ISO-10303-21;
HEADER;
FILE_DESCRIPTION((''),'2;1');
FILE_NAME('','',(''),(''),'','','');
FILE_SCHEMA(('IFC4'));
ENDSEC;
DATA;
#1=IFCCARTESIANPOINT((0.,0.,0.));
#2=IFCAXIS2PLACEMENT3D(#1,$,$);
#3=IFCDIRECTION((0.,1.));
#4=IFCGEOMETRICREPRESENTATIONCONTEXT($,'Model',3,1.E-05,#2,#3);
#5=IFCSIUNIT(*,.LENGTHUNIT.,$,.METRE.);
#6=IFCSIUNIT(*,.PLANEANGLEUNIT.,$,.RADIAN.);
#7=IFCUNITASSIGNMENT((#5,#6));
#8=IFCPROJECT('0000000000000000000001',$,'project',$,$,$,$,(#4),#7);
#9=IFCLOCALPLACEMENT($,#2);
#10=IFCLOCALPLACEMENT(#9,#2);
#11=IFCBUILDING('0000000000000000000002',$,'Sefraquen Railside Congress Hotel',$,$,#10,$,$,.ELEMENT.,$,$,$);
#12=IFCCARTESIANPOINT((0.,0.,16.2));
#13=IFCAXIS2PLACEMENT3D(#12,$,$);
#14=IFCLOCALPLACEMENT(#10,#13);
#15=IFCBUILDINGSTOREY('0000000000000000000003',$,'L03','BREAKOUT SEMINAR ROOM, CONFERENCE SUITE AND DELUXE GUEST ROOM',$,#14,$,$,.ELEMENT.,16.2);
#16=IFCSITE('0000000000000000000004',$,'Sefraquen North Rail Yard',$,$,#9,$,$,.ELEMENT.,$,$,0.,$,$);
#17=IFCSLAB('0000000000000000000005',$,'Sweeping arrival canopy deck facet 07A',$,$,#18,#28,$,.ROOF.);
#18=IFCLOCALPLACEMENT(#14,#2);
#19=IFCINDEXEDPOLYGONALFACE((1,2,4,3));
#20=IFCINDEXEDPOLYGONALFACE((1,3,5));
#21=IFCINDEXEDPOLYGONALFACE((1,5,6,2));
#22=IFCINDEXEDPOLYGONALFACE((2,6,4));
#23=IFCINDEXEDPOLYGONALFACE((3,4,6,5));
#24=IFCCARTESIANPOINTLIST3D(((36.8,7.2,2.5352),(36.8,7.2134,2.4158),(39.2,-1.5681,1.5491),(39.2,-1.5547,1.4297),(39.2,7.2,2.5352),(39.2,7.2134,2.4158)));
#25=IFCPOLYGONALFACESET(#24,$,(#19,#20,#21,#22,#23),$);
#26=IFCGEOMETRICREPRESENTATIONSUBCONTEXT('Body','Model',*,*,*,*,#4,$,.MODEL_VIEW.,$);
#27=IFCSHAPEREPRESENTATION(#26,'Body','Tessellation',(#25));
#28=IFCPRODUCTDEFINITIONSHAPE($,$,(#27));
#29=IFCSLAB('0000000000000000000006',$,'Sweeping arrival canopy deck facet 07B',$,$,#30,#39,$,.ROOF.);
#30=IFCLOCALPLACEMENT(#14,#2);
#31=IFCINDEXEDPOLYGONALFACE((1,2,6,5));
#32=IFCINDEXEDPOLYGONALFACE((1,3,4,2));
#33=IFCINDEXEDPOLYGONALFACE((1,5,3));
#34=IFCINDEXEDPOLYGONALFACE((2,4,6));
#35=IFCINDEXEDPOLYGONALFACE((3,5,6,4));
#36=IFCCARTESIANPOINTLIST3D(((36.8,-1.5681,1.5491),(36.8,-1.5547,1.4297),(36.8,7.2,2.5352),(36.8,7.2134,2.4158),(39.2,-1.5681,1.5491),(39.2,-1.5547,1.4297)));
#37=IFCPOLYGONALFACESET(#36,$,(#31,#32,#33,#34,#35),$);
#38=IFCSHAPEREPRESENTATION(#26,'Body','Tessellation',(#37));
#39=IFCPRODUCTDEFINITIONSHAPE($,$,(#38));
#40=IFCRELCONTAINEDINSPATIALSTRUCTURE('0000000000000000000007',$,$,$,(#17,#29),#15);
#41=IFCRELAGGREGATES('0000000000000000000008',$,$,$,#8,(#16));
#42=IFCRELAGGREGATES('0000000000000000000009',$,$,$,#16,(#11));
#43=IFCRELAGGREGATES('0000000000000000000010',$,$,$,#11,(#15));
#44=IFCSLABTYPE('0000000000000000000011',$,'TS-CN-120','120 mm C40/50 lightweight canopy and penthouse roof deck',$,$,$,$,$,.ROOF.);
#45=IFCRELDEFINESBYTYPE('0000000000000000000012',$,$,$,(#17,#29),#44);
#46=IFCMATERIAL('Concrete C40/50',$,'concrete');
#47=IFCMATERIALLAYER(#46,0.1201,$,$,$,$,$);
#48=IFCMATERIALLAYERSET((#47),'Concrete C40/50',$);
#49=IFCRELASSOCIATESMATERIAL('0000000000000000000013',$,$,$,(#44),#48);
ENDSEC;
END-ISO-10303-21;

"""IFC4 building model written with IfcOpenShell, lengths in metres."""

from ifc_helpers import new_model, si_unit, direction, frame, origin, place, context, subcontext, project, spatial, polyline, outline, extrude, material, layer, layer_set, type_object, element, save


model = new_model("IFC4")

# Units and contexts
model_context = context("Model", 3, precision=1e-05, world=origin(), true_north=direction((0.0, 1.0)))
body_context = subcontext(model_context, "Body", "Model", "MODEL_VIEW")
ifc_project = project(units=[si_unit("LENGTHUNIT", "METRE"), si_unit("PLANEANGLEUNIT", "RADIAN")], contexts=[model_context])

# Site, building, storey
site_placement = place(None, origin())
site = spatial("IfcSite", under=ifc_project, at=site_placement, Name="Sefraquen North Rail Yard", CompositionType="ELEMENT", RefElevation=0.0)
building_placement = place(site_placement, origin())
building = spatial("IfcBuilding", under=site, at=building_placement, Name="Sefraquen Railside Congress Hotel", CompositionType="ELEMENT")
storey_placement = place(building_placement, frame((0.0, 0.0, 16.2)))
storey = spatial("IfcBuildingStorey", under=building, at=storey_placement, Name="L03", Description="BREAKOUT SEMINAR ROOM, CONFERENCE SUITE AND DELUXE GUEST ROOM", CompositionType="ELEMENT", Elevation=16.2)

# Slabs
ifc_material_1 = material(Name="Concrete C40/50", Category="concrete")
ifc_layer_1 = layer(ifc_material_1, 0.1201)
ifc_layer_set_1 = layer_set([ifc_layer_1], Name="Concrete C40/50")
slab_type = type_object("IfcSlabType", Name="TS-CN-120", Description="120 mm C40/50 lightweight canopy and penthouse roof deck", PredefinedType="ROOF", material=ifc_layer_set_1)
slab_1_placement = place(storey_placement, frame((36.8, 7.2, 2.5352), z_axis=(0.0, -0.111759, 0.993735), x_axis=(1.0, 0.0, 0.0)))
element("IfcSlab", 1, at=slab_1_placement, inside=storey, type_object=slab_type, Name="Sweeping arrival canopy deck facet 07A", PredefinedType="ROOF", context=body_context, shape_type="SweptSolid", body=[
    extrude(outline(polyline([(0.0, 0.0), (2.3999, 0.0), (2.3999, -8.8233), (0.0, 0.0)])), origin(), (0.0, 0.0, -1.0), 0.1201),
])
slab_2_placement = place(storey_placement, frame((36.8, 7.2, 2.5352), z_axis=(0.0, -0.111759, 0.993735), x_axis=(0.262459, -0.958898, -0.107841)))
element("IfcSlab", 2, at=slab_2_placement, inside=storey, type_object=slab_type, Name="Sweeping arrival canopy deck facet 07B", PredefinedType="ROOF", context=body_context, shape_type="SweptSolid", body=[
    extrude(outline(polyline([(0.0, 0.0), (9.1439, 0.0), (8.514, -2.3158), (0.0, 0.0)])), origin(), (0.0, 0.0, -1.0), 0.1201),
])

save(model, "model.ifc")
